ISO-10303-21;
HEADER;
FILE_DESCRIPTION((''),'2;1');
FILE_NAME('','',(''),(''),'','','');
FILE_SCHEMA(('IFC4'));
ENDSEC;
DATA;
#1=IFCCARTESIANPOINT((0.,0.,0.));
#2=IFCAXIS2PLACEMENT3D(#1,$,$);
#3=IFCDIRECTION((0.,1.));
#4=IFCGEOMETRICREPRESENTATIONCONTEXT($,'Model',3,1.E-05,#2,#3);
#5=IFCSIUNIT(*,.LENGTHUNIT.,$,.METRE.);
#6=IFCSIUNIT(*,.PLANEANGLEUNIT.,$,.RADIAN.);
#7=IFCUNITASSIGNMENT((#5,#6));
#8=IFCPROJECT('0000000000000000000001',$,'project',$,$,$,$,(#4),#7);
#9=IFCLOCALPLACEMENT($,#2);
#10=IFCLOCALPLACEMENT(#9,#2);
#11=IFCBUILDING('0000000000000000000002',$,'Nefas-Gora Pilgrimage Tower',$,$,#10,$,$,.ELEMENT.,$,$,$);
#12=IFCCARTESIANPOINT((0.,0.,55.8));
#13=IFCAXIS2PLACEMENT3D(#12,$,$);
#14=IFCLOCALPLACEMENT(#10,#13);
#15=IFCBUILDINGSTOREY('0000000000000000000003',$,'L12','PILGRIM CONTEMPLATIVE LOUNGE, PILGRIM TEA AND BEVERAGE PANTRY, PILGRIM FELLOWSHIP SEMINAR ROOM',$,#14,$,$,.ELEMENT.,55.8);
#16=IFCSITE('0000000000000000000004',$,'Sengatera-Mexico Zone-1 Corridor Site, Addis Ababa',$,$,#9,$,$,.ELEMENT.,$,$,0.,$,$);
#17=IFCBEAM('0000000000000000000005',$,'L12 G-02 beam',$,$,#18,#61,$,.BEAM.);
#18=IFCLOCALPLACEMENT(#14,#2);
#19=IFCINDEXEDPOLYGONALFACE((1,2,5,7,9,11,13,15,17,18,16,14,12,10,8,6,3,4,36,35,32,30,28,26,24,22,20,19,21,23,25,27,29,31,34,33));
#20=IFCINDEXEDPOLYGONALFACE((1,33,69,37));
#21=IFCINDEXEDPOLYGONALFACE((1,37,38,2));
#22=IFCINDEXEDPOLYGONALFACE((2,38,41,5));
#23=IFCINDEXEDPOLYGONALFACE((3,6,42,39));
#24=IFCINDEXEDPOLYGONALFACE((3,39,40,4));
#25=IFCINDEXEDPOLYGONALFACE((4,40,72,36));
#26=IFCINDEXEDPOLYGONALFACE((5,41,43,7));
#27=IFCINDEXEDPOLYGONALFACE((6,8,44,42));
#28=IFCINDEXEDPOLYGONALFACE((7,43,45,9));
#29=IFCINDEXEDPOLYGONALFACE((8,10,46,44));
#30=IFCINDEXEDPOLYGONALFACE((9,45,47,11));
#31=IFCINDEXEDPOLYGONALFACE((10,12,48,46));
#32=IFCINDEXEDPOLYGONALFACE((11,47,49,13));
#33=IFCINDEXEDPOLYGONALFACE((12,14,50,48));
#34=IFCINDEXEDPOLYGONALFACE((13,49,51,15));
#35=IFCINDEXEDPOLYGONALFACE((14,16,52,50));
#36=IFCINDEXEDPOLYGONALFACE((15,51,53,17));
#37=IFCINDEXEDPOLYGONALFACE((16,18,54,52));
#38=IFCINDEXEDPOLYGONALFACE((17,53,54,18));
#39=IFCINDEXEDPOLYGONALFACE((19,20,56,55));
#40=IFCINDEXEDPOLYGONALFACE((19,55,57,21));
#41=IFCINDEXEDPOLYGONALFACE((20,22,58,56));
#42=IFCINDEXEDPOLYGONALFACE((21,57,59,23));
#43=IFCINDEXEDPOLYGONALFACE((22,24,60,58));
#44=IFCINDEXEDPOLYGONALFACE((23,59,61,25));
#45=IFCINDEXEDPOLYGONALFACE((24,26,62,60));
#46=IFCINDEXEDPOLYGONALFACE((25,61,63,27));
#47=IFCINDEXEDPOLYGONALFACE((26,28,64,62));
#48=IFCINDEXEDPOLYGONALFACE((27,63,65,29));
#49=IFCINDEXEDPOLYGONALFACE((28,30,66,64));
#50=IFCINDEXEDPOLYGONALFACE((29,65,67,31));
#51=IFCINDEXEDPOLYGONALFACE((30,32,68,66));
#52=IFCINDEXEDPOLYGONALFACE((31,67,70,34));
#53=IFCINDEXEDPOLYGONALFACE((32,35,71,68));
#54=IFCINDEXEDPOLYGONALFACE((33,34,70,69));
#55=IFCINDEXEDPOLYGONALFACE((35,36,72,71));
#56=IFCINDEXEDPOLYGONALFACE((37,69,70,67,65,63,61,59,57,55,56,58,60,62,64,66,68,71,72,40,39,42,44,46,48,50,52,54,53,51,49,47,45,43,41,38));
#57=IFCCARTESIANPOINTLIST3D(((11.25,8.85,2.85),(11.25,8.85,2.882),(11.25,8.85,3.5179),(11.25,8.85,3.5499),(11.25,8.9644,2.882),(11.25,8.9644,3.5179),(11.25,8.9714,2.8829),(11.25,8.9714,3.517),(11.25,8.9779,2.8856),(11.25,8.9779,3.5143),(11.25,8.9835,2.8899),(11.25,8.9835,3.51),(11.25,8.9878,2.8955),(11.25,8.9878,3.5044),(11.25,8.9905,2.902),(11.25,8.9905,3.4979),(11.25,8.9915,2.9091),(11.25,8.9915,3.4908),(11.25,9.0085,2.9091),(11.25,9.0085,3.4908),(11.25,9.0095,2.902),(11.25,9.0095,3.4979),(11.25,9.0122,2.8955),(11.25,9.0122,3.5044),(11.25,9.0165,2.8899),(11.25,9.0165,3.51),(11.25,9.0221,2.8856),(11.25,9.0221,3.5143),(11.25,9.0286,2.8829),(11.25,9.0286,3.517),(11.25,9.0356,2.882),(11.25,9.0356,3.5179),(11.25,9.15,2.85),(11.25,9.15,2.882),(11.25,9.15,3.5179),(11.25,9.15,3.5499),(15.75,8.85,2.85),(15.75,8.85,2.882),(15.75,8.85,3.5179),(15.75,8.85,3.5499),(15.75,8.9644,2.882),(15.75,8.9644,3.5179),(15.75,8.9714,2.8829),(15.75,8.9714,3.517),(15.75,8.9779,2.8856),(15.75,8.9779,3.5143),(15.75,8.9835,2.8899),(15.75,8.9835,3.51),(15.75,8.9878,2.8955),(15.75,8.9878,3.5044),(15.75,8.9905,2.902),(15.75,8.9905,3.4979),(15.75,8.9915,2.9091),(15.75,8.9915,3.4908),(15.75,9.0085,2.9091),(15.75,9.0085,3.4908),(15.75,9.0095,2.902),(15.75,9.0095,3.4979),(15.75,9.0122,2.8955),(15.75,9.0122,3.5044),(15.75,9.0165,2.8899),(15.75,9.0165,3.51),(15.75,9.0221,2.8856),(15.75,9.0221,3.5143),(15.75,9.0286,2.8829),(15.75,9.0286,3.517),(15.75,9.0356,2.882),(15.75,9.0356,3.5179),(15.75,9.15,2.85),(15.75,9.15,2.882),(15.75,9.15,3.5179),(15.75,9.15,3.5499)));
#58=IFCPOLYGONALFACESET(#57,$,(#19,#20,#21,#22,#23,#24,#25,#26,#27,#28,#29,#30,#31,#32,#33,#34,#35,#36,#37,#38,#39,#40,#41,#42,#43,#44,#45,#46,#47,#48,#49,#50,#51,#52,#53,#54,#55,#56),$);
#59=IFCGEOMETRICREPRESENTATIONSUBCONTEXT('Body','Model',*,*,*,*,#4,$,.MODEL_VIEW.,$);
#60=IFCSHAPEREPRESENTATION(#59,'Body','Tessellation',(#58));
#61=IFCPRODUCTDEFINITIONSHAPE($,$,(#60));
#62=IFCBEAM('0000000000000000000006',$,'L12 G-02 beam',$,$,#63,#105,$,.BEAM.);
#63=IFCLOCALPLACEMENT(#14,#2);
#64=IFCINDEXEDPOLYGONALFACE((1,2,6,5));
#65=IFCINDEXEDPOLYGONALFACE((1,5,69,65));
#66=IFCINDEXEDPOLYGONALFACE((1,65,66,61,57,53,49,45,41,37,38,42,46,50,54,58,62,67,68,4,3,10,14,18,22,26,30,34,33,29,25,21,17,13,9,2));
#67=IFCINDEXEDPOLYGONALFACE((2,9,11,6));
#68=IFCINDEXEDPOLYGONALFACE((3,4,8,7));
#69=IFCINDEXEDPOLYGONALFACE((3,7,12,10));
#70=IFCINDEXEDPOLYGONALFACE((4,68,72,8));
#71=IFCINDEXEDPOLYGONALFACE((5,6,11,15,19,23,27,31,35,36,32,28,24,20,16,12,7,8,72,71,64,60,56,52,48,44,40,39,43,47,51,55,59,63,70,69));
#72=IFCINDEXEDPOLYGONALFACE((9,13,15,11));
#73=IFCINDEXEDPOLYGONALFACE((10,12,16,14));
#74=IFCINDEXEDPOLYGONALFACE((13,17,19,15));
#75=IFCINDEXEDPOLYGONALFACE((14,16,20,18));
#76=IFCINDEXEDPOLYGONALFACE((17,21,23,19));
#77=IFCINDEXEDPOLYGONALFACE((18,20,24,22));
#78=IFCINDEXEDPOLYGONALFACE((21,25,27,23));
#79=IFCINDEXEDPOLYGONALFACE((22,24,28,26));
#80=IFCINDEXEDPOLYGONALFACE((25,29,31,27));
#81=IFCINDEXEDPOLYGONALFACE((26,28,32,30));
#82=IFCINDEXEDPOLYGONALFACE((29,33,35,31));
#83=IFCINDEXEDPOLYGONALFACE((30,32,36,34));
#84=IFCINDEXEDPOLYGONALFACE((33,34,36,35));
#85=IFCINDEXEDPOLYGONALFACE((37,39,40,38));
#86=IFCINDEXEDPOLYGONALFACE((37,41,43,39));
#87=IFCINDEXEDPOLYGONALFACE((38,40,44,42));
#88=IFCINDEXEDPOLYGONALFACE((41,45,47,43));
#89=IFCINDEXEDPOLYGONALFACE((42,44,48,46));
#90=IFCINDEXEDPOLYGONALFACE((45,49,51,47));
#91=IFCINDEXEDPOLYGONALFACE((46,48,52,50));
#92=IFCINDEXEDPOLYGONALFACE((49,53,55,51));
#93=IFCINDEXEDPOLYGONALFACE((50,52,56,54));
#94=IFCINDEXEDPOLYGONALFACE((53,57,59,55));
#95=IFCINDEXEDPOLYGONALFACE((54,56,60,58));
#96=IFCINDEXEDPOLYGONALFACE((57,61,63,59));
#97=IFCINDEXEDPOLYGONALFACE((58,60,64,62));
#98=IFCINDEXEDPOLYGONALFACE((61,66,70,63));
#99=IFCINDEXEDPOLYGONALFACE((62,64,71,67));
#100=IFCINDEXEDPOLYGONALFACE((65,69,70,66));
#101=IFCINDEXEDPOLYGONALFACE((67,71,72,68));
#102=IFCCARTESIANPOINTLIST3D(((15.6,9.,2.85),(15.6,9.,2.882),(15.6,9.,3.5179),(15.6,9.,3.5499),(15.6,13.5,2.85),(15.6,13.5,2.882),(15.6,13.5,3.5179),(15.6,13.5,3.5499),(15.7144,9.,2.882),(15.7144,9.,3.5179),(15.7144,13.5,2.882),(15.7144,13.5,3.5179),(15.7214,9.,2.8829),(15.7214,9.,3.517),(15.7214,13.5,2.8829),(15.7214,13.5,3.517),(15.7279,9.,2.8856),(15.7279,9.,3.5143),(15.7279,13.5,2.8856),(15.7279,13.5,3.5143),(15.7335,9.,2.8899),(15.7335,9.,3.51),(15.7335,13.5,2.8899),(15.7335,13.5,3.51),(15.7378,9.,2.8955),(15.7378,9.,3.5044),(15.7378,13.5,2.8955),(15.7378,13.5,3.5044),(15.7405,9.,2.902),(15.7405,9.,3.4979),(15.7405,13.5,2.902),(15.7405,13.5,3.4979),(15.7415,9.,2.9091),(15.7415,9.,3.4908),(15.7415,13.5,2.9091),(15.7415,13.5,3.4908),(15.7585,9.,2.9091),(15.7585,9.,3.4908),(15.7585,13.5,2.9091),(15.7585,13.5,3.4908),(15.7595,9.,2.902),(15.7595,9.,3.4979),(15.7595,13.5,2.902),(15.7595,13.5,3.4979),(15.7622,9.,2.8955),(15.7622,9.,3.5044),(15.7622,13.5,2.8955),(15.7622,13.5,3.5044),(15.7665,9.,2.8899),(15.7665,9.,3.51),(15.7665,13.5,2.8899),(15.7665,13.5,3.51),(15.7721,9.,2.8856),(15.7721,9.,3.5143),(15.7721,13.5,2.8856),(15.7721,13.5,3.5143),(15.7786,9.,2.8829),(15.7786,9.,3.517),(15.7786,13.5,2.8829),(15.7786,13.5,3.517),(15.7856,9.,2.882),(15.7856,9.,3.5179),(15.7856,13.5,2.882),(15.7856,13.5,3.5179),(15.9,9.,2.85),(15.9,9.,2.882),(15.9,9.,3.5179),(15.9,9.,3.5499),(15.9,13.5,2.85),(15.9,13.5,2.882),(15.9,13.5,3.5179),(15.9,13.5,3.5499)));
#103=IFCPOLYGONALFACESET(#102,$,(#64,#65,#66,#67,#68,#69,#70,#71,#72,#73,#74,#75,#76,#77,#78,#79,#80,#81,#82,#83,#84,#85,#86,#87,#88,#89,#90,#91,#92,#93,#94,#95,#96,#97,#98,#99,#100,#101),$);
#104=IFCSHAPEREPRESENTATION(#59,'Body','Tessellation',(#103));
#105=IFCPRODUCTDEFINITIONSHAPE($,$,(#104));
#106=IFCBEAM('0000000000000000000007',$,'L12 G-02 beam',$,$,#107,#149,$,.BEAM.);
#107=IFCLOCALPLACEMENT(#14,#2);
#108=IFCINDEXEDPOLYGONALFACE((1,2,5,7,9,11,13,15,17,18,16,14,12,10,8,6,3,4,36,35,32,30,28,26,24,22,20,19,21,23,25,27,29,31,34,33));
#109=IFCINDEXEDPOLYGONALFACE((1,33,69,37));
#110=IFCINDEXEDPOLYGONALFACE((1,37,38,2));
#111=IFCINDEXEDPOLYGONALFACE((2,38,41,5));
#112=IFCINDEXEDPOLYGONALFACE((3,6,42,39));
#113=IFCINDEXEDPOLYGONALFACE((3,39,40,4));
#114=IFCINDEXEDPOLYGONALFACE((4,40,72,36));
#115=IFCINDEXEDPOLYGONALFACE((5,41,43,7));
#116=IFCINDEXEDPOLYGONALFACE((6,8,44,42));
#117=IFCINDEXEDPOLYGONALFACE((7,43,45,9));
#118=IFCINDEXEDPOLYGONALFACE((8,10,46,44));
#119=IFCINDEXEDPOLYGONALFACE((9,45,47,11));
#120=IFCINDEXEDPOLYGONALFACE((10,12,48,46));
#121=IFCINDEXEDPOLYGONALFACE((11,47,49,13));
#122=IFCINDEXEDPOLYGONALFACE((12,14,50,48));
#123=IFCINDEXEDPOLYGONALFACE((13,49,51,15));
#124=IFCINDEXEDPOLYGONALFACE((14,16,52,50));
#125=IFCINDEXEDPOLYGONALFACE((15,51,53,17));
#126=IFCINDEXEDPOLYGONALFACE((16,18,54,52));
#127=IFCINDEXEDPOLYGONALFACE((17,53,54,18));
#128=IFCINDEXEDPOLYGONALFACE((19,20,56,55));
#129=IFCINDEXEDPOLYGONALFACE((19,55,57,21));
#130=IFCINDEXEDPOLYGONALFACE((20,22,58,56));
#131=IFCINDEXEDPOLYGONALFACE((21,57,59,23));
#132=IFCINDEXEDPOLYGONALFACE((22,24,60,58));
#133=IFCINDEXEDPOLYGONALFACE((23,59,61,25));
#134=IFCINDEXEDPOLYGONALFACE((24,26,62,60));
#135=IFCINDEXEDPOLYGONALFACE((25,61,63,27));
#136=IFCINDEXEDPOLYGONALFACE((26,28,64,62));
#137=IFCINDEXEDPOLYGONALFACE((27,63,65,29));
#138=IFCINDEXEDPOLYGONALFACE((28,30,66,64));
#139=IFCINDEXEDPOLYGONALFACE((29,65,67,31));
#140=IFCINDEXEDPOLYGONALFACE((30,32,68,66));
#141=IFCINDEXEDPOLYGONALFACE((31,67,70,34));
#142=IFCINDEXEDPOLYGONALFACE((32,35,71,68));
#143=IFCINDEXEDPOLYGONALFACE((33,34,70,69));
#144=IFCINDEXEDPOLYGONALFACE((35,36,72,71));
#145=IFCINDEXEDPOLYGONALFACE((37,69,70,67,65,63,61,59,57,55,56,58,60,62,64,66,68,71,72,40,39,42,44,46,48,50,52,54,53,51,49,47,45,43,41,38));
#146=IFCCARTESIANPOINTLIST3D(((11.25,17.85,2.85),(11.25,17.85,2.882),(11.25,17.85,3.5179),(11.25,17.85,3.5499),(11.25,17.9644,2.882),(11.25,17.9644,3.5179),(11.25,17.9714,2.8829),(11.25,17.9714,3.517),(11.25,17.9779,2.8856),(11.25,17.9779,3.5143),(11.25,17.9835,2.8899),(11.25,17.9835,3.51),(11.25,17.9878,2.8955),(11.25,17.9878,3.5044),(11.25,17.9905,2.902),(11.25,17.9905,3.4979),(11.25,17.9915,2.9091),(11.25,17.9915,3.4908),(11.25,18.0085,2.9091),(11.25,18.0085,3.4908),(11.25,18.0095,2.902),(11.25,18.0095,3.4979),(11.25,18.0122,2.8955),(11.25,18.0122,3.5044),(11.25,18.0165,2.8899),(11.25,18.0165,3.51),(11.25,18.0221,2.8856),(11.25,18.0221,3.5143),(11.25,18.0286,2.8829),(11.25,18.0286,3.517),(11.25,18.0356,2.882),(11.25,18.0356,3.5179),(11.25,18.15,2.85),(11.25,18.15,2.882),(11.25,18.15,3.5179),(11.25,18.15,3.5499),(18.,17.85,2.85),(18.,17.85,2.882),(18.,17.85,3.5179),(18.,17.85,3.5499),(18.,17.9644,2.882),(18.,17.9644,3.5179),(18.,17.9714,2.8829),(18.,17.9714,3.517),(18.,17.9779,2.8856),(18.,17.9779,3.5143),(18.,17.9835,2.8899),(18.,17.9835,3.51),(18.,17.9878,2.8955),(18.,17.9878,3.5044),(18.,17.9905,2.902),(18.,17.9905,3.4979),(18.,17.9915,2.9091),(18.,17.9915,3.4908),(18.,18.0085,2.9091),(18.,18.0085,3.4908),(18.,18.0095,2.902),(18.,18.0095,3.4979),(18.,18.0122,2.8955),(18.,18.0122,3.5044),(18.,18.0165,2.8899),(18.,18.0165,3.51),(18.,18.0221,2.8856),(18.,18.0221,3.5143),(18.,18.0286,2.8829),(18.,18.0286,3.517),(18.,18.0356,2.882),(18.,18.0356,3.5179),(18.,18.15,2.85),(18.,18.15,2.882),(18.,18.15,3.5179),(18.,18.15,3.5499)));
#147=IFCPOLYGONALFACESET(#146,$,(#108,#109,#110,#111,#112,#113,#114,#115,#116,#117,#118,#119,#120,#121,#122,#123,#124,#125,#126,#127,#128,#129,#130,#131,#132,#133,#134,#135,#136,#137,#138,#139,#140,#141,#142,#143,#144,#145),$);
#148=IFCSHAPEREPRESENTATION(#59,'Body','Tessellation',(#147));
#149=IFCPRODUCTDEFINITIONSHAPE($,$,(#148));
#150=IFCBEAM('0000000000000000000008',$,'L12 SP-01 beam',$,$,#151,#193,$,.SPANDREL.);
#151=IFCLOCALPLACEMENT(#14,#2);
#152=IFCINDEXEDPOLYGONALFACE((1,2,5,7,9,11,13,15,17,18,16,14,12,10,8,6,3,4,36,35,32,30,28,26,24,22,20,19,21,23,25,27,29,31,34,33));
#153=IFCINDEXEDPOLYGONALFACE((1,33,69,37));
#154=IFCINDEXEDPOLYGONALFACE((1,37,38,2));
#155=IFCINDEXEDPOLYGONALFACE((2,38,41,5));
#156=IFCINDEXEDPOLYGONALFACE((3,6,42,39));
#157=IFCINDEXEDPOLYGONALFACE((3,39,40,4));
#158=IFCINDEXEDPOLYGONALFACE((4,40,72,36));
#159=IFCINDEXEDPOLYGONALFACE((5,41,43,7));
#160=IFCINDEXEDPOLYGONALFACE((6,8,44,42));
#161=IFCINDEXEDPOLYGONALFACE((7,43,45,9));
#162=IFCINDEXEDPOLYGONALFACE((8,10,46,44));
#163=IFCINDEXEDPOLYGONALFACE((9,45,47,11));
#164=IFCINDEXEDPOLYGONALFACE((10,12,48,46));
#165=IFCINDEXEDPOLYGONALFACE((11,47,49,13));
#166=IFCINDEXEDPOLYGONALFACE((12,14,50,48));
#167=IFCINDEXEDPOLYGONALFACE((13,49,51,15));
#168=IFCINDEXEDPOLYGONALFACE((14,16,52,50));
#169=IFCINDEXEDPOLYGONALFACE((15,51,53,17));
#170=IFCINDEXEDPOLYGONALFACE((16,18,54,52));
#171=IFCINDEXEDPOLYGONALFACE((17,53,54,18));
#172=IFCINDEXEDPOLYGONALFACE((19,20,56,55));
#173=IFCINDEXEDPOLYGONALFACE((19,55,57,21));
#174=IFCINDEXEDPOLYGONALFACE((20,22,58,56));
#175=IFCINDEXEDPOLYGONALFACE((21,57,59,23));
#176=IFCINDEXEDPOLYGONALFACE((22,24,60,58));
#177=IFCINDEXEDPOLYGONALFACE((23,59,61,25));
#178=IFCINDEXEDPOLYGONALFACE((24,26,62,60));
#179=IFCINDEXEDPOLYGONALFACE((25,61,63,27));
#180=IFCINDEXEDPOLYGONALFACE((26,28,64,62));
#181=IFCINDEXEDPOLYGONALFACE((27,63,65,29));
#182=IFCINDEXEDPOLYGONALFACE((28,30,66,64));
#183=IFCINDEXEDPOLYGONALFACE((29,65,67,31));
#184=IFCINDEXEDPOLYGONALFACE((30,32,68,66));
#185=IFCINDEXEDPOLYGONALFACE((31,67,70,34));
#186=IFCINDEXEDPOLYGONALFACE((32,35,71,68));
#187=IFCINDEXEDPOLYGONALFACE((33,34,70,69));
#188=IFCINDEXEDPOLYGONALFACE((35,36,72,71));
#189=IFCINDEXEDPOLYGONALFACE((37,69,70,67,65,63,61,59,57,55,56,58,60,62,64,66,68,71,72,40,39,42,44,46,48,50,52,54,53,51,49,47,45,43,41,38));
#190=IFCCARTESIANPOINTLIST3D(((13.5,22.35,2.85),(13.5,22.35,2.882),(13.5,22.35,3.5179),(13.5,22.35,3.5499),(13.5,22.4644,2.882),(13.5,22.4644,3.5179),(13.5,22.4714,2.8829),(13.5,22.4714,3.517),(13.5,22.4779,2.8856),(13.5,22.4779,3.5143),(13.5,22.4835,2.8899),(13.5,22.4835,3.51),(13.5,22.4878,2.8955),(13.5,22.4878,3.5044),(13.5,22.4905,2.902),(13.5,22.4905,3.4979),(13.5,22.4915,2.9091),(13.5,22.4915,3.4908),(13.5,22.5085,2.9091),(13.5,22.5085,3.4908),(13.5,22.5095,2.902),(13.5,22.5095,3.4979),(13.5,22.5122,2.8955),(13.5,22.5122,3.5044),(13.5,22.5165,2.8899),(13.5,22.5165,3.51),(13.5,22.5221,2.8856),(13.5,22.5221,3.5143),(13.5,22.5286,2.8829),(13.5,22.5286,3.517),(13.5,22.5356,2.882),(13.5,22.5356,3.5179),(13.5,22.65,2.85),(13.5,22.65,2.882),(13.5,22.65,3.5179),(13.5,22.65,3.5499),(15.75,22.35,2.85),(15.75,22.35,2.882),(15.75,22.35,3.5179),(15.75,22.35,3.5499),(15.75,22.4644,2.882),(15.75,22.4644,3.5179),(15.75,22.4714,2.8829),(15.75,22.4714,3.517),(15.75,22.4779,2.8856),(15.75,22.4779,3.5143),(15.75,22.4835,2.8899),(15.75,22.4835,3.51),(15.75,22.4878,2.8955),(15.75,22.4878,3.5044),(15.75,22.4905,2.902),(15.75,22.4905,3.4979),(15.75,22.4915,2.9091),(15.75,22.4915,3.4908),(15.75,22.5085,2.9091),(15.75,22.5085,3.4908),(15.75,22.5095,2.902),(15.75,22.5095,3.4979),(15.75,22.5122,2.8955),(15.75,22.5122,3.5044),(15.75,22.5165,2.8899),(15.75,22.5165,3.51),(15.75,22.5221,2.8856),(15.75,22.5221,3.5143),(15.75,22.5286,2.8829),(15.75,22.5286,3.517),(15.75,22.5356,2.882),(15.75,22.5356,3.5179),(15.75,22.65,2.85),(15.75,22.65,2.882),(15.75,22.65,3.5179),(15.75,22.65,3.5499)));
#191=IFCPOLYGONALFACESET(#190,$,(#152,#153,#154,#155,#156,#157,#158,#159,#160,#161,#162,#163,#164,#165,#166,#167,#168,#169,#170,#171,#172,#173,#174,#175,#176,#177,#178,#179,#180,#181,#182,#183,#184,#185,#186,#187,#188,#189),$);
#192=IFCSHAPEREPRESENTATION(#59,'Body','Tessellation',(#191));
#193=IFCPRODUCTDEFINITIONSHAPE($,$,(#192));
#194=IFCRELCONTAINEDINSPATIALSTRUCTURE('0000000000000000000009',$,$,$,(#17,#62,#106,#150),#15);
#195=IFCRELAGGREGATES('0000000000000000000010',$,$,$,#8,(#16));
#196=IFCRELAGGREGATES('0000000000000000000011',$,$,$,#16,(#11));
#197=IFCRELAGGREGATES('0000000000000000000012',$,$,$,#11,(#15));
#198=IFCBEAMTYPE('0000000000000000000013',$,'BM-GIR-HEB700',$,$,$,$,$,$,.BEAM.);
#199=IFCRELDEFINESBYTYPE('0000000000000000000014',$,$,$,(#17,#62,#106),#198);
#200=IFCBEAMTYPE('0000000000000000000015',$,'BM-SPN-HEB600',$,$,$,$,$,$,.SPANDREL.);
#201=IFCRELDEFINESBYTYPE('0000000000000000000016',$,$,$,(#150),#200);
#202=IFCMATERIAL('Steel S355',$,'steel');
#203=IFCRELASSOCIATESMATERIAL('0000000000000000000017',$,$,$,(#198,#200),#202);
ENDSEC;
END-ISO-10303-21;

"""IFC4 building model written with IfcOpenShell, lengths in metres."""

from ifc_helpers import new_model, si_unit, direction, frame, origin, origin_2d, place, context, subcontext, project, spatial, i_section, extrude, source, transform, mapped, material, material_profile, profile_set, type_object, element, save


model = new_model("IFC4")

# Units and contexts
model_context = context("Model", 3, precision=1e-05, world=origin(), true_north=direction((0.0, 1.0)))
body_context = subcontext(model_context, "Body", "Model", "MODEL_VIEW")
ifc_project = project(units=[si_unit("LENGTHUNIT", "METRE"), si_unit("PLANEANGLEUNIT", "RADIAN")], contexts=[model_context])

# Site, building, storey
site_placement = place(None, origin())
site = spatial("IfcSite", under=ifc_project, at=site_placement, Name="Sengatera-Mexico Zone-1 Corridor Site, Addis Ababa", CompositionType="ELEMENT", RefElevation=0.0)
building_placement = place(site_placement, origin())
building = spatial("IfcBuilding", under=site, at=building_placement, Name="Nefas-Gora Pilgrimage Tower", CompositionType="ELEMENT")
storey_placement = place(building_placement, frame((0.0, 0.0, 55.8)))
storey = spatial("IfcBuildingStorey", under=building, at=storey_placement, Name="L12", Description="PILGRIM CONTEMPLATIVE LOUNGE, PILGRIM TEA AND BEVERAGE PANTRY, PILGRIM FELLOWSHIP SEMINAR ROOM", CompositionType="ELEMENT", Elevation=55.8)

# Beams
ifc_material_1 = material(Name="Steel S355", Category="steel")
ifc_material_profile_1 = material_profile(ifc_material_1, i_section(OverallWidth=0.3, OverallDepth=0.7, WebThickness=0.0171, FlangeThickness=0.032, FilletRadius=0.0271, at=origin_2d()), Name="HEB 700")
ifc_profile_set_1 = profile_set([ifc_material_profile_1], Name="Steel S355")
beam_type_1 = type_object("IfcBeamType", Name="BM-GIR-HEB700", PredefinedType="BEAM", material=ifc_profile_set_1)
shared_shape_1 = source(origin(), body_context, "Body", "SweptSolid", [
    extrude(i_section(OverallWidth=0.3, OverallDepth=0.7, WebThickness=0.0171, FlangeThickness=0.032, FilletRadius=0.0271, at=origin_2d()), origin(), (0.0, 0.0, 1.0), 4.5),
])
for number, where, z_axis, x_axis, name in (
    (1, (11.25, 9.0, 3.2), (1.0, 0.0, 0.0), (0.0, 1.0, 0.0), "L12 G-02 beam"),
    (2, (15.75, 9.0, 3.2), (0.0, 1.0, 0.0), (-1.0, 0.0, 0.0), "L12 G-02 beam"),
):
    element("IfcBeam", number, at=place(storey_placement, frame(where, z_axis=z_axis, x_axis=x_axis)), inside=storey, type_object=beam_type_1, Name=name, PredefinedType="BEAM", context=body_context, shape_type="MappedRepresentation", body=[
        mapped(shared_shape_1, transform((0.0, 0.0, 0.0), x_axis=(1.0, 0.0, 0.0), y_axis=(0.0, 1.0, 0.0), z_axis=(0.0, 0.0, 1.0), scale=1.0)),
    ])
shared_shape_2 = source(origin(), body_context, "Body", "SweptSolid", [
    extrude(i_section(OverallWidth=0.3, OverallDepth=0.7, WebThickness=0.0171, FlangeThickness=0.032, FilletRadius=0.0271, at=origin_2d()), origin(), (0.0, 0.0, 1.0), 6.75),
])
beam_1_placement = place(storey_placement, frame((11.25, 18.0, 3.2), z_axis=(1.0, 0.0, 0.0), x_axis=(0.0, 1.0, 0.0)))
element("IfcBeam", 3, at=beam_1_placement, inside=storey, type_object=beam_type_1, Name="L12 G-02 beam", PredefinedType="BEAM", context=body_context, shape_type="MappedRepresentation", body=[
    mapped(shared_shape_2, transform((0.0, 0.0, 0.0), x_axis=(1.0, 0.0, 0.0), y_axis=(0.0, 1.0, 0.0), z_axis=(0.0, 0.0, 1.0), scale=1.0)),
])
ifc_material_profile_2 = material_profile(ifc_material_1, i_section(OverallWidth=0.3, OverallDepth=0.7, WebThickness=0.0171, FlangeThickness=0.032, FilletRadius=0.0271, at=origin_2d()), Name="HEB 700")
ifc_profile_set_2 = profile_set([ifc_material_profile_2], Name="Steel S355")
beam_type_2 = type_object("IfcBeamType", Name="BM-SPN-HEB600", PredefinedType="SPANDREL", material=ifc_profile_set_2)
shared_shape_3 = source(origin(), body_context, "Body", "SweptSolid", [
    extrude(i_section(OverallWidth=0.3, OverallDepth=0.7, WebThickness=0.0171, FlangeThickness=0.032, FilletRadius=0.0271, at=origin_2d()), origin(), (0.0, 0.0, 1.0), 2.25),
])
beam_2_placement = place(storey_placement, frame((13.5, 22.5, 3.2), z_axis=(1.0, 0.0, 0.0), x_axis=(0.0, 1.0, 0.0)))
element("IfcBeam", 4, at=beam_2_placement, inside=storey, type_object=beam_type_2, Name="L12 SP-01 beam", PredefinedType="SPANDREL", context=body_context, shape_type="MappedRepresentation", body=[
    mapped(shared_shape_3, transform((0.0, 0.0, 0.0), x_axis=(1.0, 0.0, 0.0), y_axis=(0.0, 1.0, 0.0), z_axis=(0.0, 0.0, 1.0), scale=1.0)),
])

save(model, "model.ifc")
